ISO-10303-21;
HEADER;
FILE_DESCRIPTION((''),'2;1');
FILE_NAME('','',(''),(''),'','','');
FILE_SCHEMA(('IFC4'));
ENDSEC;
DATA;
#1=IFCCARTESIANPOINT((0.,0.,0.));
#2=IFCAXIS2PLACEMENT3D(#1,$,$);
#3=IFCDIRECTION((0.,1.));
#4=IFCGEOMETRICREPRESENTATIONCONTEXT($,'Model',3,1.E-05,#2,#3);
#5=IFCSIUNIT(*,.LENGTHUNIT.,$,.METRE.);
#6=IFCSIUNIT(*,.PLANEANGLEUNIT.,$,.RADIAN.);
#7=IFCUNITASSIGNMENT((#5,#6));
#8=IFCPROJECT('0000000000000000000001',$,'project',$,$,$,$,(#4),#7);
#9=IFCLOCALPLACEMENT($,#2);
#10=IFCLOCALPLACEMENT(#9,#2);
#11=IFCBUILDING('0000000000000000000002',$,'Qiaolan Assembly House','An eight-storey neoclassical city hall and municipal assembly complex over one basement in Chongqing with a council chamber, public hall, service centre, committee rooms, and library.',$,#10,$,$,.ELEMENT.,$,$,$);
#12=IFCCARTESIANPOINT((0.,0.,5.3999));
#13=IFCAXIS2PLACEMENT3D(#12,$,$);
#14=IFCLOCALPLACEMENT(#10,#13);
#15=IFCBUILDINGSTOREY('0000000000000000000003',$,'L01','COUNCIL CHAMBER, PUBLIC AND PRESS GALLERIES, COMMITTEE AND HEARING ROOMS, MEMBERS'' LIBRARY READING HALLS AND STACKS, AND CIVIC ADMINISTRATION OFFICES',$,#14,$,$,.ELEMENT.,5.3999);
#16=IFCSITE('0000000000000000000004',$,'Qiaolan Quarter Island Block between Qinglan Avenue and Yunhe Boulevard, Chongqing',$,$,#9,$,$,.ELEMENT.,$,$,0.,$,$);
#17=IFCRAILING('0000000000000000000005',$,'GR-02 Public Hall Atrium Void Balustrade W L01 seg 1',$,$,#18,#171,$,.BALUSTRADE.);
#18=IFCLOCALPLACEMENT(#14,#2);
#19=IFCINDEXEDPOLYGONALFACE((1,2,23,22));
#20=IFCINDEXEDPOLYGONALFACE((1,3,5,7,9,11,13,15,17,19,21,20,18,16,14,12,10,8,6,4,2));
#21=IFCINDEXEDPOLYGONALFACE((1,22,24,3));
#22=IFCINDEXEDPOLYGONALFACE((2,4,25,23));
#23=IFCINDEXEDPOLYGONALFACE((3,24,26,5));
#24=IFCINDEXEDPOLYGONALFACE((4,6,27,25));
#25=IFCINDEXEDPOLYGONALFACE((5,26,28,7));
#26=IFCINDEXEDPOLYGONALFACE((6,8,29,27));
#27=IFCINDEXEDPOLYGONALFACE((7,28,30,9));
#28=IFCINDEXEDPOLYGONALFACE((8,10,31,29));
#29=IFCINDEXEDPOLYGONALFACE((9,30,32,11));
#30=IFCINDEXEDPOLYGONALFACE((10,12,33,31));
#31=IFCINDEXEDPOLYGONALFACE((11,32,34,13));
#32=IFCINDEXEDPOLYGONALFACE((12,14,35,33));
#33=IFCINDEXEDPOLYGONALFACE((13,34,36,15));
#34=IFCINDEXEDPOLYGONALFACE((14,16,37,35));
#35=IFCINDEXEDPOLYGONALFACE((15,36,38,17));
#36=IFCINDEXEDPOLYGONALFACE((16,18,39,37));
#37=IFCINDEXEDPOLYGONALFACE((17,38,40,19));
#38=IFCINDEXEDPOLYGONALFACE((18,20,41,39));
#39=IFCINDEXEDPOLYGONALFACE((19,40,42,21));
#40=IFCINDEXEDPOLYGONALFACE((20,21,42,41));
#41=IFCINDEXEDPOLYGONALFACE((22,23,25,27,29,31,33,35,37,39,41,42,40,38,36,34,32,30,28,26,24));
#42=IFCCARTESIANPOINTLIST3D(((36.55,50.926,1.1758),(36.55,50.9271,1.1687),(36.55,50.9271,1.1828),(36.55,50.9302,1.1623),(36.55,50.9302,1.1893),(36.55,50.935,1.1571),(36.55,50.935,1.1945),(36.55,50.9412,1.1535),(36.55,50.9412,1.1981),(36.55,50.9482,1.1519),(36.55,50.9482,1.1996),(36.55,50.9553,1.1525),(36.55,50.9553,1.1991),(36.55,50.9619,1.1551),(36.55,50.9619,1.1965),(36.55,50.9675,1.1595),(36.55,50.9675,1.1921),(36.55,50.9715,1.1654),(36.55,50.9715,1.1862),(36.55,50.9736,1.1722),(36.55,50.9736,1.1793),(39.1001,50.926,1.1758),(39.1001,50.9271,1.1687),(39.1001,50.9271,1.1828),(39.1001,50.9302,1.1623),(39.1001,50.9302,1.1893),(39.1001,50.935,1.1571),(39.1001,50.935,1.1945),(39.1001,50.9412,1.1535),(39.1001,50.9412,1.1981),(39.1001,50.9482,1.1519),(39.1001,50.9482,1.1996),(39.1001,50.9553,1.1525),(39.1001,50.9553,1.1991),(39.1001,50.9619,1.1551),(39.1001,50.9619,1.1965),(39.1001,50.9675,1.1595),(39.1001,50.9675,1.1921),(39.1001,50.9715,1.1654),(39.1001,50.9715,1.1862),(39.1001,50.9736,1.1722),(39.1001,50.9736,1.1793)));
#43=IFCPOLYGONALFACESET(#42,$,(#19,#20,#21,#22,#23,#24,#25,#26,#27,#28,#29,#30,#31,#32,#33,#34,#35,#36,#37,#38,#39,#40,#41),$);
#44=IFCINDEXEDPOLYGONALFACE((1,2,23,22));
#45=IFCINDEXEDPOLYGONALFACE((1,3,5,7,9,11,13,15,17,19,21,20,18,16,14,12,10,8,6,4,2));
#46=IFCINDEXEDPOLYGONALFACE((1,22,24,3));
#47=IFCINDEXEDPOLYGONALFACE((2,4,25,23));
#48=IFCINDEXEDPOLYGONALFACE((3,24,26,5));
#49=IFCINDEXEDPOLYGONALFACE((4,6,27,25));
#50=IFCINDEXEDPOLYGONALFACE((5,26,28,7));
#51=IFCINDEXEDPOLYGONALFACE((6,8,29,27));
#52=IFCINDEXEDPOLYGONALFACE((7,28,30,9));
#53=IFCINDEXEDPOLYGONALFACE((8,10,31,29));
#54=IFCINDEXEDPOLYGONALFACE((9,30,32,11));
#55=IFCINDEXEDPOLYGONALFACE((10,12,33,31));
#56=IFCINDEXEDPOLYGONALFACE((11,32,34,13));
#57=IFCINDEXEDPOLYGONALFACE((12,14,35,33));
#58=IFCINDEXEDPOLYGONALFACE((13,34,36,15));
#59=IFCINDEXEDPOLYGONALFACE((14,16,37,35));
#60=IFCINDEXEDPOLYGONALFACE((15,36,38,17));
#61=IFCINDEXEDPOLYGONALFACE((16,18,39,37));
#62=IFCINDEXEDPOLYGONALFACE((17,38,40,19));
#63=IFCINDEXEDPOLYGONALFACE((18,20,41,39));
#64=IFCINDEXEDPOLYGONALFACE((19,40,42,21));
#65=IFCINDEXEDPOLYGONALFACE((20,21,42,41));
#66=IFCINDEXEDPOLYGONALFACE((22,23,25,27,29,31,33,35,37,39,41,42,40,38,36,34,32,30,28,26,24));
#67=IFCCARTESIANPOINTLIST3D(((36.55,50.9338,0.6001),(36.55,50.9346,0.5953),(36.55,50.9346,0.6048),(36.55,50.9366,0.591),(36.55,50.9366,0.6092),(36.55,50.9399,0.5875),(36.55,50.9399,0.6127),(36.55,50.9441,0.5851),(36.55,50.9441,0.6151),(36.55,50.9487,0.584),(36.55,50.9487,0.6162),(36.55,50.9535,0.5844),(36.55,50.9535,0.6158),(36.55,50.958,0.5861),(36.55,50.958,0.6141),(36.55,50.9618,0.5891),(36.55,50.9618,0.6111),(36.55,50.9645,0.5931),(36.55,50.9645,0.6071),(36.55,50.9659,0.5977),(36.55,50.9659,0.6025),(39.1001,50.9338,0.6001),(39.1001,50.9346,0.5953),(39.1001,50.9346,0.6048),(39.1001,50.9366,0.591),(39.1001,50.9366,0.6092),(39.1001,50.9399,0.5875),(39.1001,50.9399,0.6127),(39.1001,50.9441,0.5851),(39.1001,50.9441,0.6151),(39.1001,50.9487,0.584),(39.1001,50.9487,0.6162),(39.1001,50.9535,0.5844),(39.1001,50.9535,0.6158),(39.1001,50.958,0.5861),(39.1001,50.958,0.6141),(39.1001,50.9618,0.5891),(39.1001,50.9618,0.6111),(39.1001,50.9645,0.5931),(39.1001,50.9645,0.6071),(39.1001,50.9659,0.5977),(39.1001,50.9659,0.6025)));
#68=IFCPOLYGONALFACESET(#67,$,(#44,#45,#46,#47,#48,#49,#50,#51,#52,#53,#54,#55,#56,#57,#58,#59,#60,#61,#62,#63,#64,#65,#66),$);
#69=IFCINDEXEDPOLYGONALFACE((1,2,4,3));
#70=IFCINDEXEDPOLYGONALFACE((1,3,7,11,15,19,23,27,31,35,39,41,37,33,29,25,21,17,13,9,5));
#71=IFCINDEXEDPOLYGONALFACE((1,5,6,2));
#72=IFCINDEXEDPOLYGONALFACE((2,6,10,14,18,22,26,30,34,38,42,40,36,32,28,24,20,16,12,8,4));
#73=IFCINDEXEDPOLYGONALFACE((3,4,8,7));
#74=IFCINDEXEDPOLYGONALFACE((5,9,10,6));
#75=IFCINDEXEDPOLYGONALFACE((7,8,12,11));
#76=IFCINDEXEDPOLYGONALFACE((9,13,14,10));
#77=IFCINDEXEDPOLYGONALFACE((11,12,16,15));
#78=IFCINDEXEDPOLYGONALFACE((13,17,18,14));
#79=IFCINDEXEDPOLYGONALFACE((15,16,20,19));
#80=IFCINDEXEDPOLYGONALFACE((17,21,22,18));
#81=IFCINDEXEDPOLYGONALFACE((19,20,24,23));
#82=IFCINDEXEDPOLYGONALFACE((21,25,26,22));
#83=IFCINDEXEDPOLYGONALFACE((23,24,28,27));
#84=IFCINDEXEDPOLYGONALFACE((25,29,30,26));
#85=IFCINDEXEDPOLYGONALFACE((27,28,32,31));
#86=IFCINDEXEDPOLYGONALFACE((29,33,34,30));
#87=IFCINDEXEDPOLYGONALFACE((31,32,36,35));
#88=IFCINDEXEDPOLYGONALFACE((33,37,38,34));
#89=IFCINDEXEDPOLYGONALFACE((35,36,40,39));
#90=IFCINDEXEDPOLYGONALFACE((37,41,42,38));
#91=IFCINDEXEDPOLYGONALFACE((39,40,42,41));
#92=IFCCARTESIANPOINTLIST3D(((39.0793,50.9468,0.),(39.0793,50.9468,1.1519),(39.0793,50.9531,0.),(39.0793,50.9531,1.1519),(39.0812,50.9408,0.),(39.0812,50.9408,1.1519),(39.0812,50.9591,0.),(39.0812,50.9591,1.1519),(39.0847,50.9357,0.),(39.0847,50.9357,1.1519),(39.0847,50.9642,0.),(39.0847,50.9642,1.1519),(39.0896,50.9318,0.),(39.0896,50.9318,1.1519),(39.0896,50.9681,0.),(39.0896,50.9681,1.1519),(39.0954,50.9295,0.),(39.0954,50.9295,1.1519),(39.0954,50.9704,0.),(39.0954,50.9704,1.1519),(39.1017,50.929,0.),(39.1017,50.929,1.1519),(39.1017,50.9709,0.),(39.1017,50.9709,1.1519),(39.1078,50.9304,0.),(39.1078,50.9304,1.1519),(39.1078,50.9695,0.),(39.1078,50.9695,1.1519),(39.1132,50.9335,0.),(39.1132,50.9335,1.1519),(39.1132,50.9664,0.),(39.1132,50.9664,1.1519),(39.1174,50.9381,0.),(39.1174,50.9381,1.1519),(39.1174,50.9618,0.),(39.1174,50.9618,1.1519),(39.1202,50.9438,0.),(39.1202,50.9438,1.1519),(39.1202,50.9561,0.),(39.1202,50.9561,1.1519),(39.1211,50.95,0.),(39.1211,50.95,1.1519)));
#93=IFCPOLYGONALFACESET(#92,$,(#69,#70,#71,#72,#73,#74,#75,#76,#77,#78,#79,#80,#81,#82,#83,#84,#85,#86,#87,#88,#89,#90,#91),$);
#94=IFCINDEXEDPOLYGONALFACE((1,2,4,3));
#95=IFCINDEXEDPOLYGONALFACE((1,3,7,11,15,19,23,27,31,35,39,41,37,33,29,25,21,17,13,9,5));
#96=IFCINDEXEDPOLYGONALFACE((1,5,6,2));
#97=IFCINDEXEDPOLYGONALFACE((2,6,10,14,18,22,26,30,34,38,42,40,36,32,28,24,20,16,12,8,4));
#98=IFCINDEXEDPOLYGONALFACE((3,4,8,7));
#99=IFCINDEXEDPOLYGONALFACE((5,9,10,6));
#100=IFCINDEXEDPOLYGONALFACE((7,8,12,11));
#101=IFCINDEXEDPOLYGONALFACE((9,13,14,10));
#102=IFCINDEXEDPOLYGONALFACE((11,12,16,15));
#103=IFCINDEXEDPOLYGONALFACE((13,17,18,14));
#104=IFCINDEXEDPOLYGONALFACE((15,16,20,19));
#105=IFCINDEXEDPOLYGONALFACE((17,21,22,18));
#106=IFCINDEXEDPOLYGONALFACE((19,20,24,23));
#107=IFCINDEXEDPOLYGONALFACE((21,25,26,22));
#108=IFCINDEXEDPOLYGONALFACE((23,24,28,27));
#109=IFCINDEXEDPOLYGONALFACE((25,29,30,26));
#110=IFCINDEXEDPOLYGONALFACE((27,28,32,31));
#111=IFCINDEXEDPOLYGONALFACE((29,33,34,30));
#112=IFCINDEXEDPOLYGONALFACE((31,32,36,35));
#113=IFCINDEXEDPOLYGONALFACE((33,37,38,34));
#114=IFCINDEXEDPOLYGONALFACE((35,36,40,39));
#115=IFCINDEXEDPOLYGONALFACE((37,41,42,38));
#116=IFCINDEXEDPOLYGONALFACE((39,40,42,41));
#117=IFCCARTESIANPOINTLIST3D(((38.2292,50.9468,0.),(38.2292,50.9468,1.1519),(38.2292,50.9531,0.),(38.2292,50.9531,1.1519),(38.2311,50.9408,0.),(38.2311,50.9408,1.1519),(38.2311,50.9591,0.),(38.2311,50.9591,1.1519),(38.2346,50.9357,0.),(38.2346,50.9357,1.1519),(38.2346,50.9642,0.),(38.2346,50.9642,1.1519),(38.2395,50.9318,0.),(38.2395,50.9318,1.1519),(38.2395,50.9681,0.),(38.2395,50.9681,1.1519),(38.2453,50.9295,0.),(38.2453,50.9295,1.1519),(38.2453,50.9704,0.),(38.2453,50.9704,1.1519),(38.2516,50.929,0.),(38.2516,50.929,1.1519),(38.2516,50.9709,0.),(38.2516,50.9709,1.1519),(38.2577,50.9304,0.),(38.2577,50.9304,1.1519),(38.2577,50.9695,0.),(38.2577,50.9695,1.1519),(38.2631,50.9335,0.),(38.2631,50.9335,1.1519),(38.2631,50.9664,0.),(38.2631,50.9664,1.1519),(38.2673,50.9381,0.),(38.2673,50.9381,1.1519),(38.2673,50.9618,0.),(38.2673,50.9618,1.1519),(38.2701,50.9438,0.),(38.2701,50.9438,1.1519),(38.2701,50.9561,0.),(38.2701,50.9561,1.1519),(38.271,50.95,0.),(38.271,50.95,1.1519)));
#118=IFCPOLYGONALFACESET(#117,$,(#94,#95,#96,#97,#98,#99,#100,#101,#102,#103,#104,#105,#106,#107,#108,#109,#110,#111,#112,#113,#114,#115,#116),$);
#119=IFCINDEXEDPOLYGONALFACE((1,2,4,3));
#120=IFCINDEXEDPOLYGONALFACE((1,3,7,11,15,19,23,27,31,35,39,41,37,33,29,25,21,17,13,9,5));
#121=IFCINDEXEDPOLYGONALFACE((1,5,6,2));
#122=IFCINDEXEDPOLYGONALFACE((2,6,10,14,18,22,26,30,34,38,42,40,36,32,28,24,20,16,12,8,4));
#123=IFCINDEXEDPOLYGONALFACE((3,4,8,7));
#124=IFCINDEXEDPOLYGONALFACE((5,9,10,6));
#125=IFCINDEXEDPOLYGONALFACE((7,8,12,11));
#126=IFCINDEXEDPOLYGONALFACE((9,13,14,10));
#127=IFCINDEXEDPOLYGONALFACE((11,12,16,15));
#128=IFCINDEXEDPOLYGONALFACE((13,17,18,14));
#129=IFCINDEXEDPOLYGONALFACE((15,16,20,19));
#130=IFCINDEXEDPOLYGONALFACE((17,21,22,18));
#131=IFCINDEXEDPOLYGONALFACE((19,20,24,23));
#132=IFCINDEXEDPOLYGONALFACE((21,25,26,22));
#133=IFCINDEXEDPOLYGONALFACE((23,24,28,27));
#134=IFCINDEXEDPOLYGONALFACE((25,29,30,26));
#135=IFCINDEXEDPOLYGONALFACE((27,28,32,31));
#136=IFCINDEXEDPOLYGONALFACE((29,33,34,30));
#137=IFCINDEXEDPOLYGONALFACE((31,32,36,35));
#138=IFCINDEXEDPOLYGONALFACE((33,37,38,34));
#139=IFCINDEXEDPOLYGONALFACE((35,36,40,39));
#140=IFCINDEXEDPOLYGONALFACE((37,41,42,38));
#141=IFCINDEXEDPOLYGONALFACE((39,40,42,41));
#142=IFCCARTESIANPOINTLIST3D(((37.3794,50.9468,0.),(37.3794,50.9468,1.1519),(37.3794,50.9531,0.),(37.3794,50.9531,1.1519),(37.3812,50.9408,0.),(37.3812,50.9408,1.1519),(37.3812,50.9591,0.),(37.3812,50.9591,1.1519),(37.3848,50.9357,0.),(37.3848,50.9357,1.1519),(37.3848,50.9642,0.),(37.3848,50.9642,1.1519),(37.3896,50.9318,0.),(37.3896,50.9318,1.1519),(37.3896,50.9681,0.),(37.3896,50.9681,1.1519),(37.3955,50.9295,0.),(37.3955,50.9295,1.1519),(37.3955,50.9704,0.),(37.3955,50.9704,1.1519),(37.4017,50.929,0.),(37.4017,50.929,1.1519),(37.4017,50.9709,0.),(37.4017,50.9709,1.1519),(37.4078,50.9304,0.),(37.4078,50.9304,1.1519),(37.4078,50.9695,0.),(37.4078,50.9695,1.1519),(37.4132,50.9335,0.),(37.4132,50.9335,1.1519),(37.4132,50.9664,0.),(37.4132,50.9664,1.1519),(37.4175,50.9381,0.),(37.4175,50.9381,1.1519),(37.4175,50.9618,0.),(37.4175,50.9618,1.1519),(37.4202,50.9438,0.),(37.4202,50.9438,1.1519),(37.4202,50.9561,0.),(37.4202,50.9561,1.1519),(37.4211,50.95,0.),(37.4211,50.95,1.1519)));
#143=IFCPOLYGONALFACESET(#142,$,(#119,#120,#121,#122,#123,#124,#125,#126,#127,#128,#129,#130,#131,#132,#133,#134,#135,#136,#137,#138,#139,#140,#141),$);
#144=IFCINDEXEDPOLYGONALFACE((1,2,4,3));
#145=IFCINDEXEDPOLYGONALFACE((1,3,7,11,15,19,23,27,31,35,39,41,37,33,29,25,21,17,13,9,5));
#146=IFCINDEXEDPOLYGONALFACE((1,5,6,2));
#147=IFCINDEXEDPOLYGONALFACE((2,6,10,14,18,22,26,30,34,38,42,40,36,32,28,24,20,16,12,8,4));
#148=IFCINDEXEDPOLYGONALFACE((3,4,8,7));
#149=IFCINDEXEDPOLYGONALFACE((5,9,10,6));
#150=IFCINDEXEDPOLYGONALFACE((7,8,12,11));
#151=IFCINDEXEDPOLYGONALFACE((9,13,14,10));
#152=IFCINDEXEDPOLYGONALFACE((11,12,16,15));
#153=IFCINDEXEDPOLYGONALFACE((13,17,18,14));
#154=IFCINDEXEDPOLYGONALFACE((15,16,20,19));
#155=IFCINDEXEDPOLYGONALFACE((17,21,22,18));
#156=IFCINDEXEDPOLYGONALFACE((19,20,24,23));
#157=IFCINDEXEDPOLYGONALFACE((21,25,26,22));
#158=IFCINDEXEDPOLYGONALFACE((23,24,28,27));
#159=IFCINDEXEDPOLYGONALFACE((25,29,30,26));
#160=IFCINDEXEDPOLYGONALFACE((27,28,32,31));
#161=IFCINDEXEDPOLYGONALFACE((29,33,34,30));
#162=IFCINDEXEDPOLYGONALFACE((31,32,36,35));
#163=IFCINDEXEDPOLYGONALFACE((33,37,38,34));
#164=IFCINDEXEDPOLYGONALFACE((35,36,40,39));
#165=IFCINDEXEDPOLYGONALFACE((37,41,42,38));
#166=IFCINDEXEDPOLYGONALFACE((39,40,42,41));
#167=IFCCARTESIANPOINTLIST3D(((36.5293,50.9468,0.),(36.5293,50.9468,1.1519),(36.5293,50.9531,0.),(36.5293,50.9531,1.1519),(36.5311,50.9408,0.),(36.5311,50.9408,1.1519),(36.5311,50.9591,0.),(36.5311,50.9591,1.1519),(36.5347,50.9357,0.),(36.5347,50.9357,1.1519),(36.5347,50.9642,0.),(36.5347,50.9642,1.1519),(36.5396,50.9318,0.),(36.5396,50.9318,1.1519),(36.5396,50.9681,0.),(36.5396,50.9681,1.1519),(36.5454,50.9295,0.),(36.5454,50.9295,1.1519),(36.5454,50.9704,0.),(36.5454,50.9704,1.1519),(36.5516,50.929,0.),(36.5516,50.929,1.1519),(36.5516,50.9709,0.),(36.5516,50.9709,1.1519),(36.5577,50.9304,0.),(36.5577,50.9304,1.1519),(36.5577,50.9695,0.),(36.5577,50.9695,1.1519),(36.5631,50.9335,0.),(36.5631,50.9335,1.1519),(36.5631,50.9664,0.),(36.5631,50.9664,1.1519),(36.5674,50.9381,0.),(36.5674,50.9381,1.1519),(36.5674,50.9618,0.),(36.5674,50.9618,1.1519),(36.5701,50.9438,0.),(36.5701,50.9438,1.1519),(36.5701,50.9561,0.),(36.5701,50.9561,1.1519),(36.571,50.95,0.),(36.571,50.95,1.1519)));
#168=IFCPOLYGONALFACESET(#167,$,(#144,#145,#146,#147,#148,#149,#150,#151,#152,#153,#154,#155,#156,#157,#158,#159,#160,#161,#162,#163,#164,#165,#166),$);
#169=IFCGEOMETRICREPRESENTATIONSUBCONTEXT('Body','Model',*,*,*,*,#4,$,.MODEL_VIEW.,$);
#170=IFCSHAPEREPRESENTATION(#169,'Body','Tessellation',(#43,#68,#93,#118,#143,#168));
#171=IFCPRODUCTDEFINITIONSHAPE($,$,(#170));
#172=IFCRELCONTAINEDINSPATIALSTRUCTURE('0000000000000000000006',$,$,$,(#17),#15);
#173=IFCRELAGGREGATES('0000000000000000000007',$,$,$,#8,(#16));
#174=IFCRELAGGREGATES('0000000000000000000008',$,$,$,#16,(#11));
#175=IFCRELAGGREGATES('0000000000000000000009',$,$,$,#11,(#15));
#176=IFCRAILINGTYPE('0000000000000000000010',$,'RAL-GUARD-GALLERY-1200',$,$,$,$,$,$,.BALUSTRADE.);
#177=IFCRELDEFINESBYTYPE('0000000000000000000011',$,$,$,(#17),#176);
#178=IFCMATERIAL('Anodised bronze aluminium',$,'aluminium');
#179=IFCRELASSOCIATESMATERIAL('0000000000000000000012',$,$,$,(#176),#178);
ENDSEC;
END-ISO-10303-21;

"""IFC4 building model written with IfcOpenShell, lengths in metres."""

from ifc_helpers import new_model, si_unit, direction, frame, origin, origin_2d, place, context, subcontext, project, spatial, circle, extrude, material, type_object, element, save


model = new_model("IFC4")

# Units and contexts
model_context = context("Model", 3, precision=1e-05, world=origin(), true_north=direction((0.0, 1.0)))
body_context = subcontext(model_context, "Body", "Model", "MODEL_VIEW")
ifc_project = project(units=[si_unit("LENGTHUNIT", "METRE"), si_unit("PLANEANGLEUNIT", "RADIAN")], contexts=[model_context])

# Site, building, storey
site_placement = place(None, origin())
site = spatial("IfcSite", under=ifc_project, at=site_placement, Name="Qiaolan Quarter Island Block between Qinglan Avenue and Yunhe Boulevard, Chongqing", CompositionType="ELEMENT", RefElevation=0.0)
building_placement = place(site_placement, origin())
building = spatial("IfcBuilding", under=site, at=building_placement, Name="Qiaolan Assembly House", Description="An eight-storey neoclassical city hall and municipal assembly complex over one basement in Chongqing with a council chamber, public hall, service centre, committee rooms, and library.", CompositionType="ELEMENT")
storey_placement = place(building_placement, frame((0.0, 0.0, 5.3999)))
storey = spatial("IfcBuildingStorey", under=building, at=storey_placement, Name="L01", Description="COUNCIL CHAMBER, PUBLIC AND PRESS GALLERIES, COMMITTEE AND HEARING ROOMS, MEMBERS' LIBRARY READING HALLS AND STACKS, AND CIVIC ADMINISTRATION OFFICES", CompositionType="ELEMENT", Elevation=5.3999)

# Railing
ifc_material_1 = material(Name="Anodised bronze aluminium", Category="aluminium")
railing_type = type_object("IfcRailingType", Name="RAL-GUARD-GALLERY-1200", PredefinedType="BALUSTRADE", material=ifc_material_1)
railing_1_placement = place(storey_placement, frame((39.1001, 50.95, 0.0)))
element("IfcRailing", 1, at=railing_1_placement, inside=storey, type_object=railing_type, Name="GR-02 Public Hall Atrium Void Balustrade W L01 seg 1", PredefinedType="BALUSTRADE", context=body_context, shape_type="SweptSolid", body=[
    extrude(circle(Radius=0.0239, at=origin_2d()), frame((0.0, 0.0, 1.1758), z_axis=(-1.0, 0.0, 0.0), x_axis=(0.0, -1.0, 0.0)), (0.0, 0.0, 1.0), 2.55),
    extrude(circle(Radius=0.0161, at=origin_2d()), frame((0.0, 0.0, 0.6001), z_axis=(-1.0, 0.0, 0.0), x_axis=(0.0, -1.0, 0.0)), (0.0, 0.0, 1.0), 2.55),
    extrude(circle(Radius=0.021, at=origin_2d()), origin(), (0.0, 0.0, 1.0), 1.1519),
    extrude(circle(Radius=0.021, at=origin_2d()), frame((-0.8501, 0.0, 0.0)), (0.0, 0.0, 1.0), 1.1519),
    extrude(circle(Radius=0.021, at=origin_2d()), frame((-1.7, 0.0, 0.0)), (0.0, 0.0, 1.0), 1.1519),
    extrude(circle(Radius=0.021, at=origin_2d()), frame((-2.55, 0.0, 0.0)), (0.0, 0.0, 1.0), 1.1519),
])

save(model, "model.ifc")
